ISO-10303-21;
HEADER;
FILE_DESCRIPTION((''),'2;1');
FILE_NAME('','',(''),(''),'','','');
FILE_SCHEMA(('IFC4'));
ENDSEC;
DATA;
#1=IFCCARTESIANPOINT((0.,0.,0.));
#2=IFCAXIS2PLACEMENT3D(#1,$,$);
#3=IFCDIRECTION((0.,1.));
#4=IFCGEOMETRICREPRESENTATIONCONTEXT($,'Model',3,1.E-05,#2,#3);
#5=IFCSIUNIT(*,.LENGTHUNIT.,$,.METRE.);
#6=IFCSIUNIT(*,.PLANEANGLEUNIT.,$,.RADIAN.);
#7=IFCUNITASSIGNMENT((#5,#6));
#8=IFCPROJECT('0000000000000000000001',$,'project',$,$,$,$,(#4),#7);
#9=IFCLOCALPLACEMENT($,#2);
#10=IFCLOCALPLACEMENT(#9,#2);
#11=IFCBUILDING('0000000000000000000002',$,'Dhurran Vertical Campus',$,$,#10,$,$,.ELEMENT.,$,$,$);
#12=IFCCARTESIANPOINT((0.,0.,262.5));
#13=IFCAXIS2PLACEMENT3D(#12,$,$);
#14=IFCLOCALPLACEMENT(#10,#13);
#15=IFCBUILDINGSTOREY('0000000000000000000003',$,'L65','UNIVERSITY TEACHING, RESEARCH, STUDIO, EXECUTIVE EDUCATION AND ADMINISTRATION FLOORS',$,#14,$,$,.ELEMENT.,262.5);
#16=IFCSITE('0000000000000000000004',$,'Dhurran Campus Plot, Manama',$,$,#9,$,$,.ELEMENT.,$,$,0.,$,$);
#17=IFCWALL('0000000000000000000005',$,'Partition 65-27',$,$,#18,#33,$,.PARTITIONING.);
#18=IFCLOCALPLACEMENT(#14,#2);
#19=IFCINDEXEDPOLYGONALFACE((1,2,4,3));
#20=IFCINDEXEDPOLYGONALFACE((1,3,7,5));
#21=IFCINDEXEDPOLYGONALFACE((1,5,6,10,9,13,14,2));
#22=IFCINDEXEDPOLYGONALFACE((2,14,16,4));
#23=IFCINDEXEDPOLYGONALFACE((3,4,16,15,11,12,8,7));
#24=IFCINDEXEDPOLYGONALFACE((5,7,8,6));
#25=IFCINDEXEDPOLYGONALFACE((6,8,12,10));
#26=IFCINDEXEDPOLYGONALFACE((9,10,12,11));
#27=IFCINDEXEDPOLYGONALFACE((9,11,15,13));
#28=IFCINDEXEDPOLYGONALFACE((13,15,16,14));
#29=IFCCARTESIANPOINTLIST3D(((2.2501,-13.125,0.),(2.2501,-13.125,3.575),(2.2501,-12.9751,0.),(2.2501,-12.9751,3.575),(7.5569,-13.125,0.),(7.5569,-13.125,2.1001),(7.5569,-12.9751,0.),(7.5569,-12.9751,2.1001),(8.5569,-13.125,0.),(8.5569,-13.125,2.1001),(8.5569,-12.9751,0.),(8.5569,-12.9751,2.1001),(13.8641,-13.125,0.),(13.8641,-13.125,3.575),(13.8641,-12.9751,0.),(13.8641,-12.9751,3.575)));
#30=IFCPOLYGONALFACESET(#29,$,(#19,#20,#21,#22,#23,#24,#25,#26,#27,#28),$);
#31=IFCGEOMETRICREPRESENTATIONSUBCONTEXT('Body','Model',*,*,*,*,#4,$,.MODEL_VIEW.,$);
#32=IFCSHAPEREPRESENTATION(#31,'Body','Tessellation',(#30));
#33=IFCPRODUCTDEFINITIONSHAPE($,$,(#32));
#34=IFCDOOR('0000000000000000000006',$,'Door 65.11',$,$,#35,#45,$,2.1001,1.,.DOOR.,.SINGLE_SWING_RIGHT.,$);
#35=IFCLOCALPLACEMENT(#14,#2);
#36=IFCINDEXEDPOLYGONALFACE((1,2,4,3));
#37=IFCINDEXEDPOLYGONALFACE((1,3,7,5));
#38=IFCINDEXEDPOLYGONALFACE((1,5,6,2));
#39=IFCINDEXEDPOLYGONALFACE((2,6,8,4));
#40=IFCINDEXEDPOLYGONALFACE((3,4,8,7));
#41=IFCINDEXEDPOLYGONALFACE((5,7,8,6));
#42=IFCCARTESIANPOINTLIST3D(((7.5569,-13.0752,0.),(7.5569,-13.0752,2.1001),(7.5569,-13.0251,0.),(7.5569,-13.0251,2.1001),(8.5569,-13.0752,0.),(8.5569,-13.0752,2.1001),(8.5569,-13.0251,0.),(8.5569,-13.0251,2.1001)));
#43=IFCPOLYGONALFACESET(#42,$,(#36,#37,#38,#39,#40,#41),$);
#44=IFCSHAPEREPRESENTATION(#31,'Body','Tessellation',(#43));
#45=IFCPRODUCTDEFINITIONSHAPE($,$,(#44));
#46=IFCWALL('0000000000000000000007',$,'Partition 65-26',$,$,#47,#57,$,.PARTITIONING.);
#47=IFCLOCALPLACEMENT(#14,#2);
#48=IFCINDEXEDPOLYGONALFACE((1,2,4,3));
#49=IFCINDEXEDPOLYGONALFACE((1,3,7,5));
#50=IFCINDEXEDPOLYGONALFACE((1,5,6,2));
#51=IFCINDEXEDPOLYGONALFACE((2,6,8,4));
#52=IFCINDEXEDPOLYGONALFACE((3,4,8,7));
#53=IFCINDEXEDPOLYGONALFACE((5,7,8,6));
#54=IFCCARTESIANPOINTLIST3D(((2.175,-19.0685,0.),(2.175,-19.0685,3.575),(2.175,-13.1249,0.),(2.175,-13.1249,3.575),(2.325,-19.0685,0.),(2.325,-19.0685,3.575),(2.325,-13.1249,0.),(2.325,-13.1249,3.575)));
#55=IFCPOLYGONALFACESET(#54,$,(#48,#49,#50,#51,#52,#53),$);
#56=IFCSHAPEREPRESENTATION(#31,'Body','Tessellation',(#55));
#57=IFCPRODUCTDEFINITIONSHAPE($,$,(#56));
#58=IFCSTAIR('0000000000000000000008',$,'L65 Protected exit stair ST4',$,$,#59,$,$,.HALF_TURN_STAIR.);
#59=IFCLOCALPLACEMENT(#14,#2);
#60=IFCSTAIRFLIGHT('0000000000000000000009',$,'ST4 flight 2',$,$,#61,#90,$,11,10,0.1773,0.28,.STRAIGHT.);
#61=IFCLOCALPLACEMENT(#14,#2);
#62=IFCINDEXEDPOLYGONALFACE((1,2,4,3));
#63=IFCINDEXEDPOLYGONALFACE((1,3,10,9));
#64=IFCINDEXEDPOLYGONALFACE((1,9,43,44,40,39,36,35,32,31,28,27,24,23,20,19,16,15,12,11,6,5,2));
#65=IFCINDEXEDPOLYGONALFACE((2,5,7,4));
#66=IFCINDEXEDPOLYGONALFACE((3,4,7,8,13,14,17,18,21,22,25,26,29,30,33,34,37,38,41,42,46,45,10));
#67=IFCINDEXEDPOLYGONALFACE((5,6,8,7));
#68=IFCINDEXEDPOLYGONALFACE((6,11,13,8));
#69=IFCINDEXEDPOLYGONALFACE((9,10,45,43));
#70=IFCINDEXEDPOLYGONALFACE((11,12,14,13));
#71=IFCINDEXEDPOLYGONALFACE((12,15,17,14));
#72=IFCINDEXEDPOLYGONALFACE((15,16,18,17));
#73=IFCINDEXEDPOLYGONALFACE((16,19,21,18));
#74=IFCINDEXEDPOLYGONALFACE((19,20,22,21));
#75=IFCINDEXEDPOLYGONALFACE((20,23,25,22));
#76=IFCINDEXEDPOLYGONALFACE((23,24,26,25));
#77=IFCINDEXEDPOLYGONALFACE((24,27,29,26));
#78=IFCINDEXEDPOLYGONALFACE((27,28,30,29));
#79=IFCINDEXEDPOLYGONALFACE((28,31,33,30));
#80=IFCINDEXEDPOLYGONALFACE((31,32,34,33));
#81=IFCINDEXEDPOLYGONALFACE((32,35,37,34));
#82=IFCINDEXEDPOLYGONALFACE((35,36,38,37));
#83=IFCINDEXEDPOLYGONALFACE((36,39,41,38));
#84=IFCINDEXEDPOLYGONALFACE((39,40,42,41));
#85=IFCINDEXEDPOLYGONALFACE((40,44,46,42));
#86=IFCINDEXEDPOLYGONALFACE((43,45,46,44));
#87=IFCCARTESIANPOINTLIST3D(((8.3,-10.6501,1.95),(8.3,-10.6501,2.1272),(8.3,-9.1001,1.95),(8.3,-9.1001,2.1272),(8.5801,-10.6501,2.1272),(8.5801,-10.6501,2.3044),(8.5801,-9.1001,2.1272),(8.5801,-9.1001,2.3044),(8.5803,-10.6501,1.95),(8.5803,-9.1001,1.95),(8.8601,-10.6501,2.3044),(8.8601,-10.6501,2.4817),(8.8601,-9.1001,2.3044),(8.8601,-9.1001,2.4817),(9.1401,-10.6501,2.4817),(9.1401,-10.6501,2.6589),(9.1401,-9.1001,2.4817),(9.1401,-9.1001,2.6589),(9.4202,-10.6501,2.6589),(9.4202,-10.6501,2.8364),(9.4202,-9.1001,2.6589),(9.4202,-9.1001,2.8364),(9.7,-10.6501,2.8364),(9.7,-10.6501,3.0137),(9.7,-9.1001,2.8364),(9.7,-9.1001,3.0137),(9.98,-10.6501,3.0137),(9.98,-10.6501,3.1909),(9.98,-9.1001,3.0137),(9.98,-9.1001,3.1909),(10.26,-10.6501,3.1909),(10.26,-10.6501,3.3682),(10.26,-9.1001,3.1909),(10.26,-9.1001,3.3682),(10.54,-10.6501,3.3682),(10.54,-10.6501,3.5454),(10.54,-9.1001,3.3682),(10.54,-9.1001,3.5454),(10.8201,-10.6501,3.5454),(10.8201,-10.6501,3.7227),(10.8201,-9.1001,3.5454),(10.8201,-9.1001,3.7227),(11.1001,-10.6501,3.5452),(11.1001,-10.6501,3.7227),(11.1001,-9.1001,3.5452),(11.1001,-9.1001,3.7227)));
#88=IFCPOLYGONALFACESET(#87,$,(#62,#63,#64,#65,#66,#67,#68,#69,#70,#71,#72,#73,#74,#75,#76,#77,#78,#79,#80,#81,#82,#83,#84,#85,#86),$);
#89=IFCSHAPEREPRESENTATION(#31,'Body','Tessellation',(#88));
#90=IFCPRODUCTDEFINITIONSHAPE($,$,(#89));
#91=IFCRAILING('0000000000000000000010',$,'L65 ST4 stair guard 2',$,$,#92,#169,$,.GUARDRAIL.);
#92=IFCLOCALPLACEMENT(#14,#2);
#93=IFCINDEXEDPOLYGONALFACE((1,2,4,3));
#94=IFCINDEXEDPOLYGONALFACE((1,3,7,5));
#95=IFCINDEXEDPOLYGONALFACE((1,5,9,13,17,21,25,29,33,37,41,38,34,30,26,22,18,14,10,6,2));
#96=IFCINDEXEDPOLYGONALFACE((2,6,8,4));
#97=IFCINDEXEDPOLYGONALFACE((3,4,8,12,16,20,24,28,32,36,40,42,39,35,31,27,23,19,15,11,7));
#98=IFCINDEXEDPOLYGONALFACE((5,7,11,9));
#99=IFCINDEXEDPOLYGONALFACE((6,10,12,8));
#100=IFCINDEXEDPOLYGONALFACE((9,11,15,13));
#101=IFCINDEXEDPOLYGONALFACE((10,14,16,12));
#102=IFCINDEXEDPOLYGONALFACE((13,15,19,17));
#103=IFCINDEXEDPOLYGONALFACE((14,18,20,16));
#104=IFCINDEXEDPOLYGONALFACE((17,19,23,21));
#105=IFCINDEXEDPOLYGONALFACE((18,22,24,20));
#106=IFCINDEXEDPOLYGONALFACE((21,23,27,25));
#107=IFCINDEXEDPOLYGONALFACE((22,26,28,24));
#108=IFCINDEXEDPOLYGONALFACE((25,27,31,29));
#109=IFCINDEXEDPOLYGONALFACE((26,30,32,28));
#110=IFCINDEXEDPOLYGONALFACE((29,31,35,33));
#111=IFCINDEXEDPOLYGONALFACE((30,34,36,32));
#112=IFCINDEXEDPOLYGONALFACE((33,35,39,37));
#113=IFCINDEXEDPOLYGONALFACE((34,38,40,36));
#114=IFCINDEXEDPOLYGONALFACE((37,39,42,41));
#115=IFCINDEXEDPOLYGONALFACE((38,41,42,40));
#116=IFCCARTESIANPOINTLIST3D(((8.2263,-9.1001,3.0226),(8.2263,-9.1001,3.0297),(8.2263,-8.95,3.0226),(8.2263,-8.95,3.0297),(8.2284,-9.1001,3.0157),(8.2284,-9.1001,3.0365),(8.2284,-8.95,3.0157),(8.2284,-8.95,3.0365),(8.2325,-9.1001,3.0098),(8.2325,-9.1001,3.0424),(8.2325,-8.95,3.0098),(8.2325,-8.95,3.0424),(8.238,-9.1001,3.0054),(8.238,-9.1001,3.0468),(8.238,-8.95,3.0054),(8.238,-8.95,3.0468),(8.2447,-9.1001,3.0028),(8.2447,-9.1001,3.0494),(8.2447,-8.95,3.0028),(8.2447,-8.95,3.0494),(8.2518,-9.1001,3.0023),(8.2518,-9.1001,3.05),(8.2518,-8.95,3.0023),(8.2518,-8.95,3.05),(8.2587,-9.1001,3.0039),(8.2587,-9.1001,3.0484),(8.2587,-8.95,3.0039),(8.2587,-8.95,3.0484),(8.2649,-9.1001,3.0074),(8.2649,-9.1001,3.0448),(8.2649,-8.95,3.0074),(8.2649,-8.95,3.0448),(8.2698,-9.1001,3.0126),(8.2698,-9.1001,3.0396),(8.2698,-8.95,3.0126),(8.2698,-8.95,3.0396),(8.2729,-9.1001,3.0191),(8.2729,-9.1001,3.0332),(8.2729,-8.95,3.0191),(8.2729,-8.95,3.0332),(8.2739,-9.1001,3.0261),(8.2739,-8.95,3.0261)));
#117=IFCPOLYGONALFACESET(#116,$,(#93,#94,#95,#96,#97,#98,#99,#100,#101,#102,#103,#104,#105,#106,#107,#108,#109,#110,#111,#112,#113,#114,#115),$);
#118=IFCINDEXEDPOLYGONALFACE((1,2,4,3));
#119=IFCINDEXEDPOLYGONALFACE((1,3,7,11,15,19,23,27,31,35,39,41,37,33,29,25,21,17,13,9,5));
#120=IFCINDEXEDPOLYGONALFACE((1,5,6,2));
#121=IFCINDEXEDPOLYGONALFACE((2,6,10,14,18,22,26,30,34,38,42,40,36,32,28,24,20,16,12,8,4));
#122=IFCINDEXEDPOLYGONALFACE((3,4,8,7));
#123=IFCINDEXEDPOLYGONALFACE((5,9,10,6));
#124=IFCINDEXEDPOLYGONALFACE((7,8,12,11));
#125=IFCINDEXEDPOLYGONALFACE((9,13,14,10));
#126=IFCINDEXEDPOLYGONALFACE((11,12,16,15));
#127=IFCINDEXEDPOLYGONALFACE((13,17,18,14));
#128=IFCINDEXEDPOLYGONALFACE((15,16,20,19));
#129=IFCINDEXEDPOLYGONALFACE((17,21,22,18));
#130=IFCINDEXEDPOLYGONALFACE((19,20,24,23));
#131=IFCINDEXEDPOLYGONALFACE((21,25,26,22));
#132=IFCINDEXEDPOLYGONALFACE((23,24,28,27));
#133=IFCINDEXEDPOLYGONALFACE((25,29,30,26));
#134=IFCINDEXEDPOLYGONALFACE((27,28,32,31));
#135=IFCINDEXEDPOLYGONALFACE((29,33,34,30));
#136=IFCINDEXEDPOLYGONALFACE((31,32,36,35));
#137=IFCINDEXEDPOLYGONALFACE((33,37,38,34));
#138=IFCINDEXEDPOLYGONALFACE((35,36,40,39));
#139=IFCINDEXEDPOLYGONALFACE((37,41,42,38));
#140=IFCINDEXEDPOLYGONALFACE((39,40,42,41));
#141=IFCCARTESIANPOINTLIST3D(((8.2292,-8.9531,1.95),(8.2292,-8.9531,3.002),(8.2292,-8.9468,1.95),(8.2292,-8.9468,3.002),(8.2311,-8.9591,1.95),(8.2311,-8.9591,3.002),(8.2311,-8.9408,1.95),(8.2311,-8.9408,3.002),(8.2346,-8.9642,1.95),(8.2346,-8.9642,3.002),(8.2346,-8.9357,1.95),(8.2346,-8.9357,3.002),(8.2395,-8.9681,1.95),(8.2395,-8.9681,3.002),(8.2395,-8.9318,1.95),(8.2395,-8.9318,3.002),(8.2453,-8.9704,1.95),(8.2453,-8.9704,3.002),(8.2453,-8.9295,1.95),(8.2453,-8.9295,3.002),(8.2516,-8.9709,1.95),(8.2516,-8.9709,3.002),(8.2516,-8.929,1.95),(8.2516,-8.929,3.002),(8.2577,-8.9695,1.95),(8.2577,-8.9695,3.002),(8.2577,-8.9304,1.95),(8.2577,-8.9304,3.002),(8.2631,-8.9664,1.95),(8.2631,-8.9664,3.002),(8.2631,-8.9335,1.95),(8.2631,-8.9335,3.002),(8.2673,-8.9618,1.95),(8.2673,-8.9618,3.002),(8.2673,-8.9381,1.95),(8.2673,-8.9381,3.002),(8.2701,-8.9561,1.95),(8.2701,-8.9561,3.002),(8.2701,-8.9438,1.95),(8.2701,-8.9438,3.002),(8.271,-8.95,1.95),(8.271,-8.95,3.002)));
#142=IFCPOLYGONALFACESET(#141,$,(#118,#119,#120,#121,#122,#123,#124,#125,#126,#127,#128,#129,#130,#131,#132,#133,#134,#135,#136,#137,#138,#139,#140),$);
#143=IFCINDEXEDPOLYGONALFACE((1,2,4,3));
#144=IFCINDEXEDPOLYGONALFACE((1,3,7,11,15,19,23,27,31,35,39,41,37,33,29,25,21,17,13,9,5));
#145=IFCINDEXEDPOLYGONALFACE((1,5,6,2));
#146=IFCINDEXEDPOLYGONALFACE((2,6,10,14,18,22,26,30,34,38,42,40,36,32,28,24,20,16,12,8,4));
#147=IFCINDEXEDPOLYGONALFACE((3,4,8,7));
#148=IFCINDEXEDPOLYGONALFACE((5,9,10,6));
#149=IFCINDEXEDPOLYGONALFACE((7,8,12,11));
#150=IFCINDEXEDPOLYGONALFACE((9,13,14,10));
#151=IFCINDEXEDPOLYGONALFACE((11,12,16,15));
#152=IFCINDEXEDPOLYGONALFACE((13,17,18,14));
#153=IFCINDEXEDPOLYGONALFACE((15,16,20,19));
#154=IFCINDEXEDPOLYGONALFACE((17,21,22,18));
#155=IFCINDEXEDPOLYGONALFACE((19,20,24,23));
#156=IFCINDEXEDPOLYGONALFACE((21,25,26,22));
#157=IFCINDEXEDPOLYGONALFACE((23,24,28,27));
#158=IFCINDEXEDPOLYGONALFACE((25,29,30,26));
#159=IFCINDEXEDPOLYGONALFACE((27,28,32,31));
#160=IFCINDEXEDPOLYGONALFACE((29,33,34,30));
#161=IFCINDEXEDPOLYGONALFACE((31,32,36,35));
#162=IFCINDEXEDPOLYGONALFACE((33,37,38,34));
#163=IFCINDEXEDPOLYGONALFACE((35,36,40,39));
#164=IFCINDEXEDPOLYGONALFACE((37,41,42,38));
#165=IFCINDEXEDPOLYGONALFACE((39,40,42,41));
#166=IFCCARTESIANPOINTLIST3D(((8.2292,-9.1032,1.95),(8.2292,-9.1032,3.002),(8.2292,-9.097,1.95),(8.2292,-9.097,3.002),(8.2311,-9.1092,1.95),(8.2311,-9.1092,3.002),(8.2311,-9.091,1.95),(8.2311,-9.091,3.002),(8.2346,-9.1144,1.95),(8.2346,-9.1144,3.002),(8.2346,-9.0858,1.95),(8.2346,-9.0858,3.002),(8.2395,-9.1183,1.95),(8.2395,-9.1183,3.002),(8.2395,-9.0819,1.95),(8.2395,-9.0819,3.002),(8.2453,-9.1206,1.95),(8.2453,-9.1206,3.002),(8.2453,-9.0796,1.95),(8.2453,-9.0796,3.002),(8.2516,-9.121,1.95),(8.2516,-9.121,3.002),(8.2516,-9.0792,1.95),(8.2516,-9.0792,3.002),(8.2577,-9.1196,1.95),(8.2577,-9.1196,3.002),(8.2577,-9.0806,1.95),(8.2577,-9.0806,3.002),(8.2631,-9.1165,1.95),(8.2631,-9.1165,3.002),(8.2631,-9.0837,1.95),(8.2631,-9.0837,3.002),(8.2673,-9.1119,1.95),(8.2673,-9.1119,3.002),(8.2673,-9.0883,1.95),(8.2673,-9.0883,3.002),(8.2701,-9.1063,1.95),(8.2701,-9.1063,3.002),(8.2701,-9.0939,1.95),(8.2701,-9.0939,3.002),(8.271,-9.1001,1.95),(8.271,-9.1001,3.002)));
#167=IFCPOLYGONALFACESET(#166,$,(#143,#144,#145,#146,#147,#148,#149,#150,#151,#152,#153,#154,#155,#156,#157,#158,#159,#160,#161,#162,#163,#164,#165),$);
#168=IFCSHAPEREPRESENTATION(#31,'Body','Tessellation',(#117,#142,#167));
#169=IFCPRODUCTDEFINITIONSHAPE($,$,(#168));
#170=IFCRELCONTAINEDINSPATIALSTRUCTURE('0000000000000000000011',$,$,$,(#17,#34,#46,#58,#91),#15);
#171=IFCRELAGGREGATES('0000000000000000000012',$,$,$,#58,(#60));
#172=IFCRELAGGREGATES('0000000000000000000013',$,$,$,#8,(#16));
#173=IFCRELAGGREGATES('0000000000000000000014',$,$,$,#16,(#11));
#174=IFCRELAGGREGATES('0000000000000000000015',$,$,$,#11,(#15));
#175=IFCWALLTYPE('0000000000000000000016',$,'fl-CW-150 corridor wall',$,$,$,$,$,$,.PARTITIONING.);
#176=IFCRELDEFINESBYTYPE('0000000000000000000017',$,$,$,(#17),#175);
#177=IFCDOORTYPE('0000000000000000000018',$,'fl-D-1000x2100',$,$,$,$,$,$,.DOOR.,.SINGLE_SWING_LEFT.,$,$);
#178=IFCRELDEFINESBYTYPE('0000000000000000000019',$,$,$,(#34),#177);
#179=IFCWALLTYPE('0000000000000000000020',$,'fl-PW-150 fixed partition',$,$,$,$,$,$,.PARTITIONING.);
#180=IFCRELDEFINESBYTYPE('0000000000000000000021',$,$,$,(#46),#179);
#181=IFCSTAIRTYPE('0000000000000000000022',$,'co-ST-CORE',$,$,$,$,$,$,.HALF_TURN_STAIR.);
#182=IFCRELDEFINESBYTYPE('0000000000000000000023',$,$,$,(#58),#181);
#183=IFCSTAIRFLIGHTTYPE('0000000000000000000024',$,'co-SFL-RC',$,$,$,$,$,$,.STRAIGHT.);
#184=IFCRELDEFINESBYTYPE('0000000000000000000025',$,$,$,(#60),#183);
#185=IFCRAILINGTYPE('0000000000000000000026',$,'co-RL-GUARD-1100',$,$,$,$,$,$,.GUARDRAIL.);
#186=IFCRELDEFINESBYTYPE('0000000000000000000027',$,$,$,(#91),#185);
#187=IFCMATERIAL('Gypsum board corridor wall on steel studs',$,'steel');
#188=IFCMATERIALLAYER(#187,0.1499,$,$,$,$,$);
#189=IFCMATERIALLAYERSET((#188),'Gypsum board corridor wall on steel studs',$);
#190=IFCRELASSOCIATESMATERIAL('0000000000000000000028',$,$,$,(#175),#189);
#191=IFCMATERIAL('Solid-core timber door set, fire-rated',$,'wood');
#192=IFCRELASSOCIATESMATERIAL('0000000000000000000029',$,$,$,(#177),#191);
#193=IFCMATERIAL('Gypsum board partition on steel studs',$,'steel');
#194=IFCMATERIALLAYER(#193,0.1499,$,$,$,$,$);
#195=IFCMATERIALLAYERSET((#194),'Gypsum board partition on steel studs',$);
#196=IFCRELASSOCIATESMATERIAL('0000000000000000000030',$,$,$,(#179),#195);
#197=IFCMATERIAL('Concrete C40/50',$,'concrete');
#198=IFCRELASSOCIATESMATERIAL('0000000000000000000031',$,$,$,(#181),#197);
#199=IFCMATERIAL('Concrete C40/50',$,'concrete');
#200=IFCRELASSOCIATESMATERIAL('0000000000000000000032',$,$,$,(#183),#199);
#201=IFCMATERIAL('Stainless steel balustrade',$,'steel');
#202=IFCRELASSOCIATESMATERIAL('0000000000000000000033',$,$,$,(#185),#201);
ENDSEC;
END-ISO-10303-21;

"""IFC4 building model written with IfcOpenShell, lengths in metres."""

from ifc_helpers import new_model, si_unit, direction, frame, frame_2d, origin, origin_2d, place, context, subcontext, project, spatial, polyline, rectangle, circle, outline, extrude, material, layer, layer_set, type_object, element, fill, aggregate, save


model = new_model("IFC4")

# Units and contexts
model_context = context("Model", 3, precision=1e-05, world=origin(), true_north=direction((0.0, 1.0)))
body_context = subcontext(model_context, "Body", "Model", "MODEL_VIEW")
ifc_project = project(units=[si_unit("LENGTHUNIT", "METRE"), si_unit("PLANEANGLEUNIT", "RADIAN")], contexts=[model_context])

# Site, building, storey
site_placement = place(None, origin())
site = spatial("IfcSite", under=ifc_project, at=site_placement, Name="Dhurran Campus Plot, Manama", CompositionType="ELEMENT", RefElevation=0.0)
building_placement = place(site_placement, origin())
building = spatial("IfcBuilding", under=site, at=building_placement, Name="Dhurran Vertical Campus", CompositionType="ELEMENT")
storey_placement = place(building_placement, frame((0.0, 0.0, 262.5)))
storey = spatial("IfcBuildingStorey", under=building, at=storey_placement, Name="L65", Description="UNIVERSITY TEACHING, RESEARCH, STUDIO, EXECUTIVE EDUCATION AND ADMINISTRATION FLOORS", CompositionType="ELEMENT", Elevation=262.5)

# Wall, opening, door
ifc_material_1 = material(Name="Gypsum board corridor wall on steel studs", Category="steel")
ifc_layer_1 = layer(ifc_material_1, 0.1499)
ifc_layer_set_1 = layer_set([ifc_layer_1], Name="Gypsum board corridor wall on steel studs")
wall_type_1 = type_object("IfcWallType", Name="fl-CW-150 corridor wall", PredefinedType="PARTITIONING", material=ifc_layer_set_1)
wall_1_placement = place(storey_placement, frame((2.25, -13.05, 0.0), z_axis=(0.0, 0.0, 1.0), x_axis=(1.0, 0.0, 0.0)))
wall_1 = element("IfcWall", 1, at=wall_1_placement, inside=storey, type_object=wall_type_1, Name="Partition 65-27", PredefinedType="PARTITIONING", context=body_context, shape_type="SweptSolid", body=[
    extrude(rectangle(XDim=11.614, YDim=0.1499, at=frame_2d((5.8071, 0.0))), origin(), (0.0, 0.0, 1.0), 3.575),
])
opening_1_placement = place(wall_1_placement, frame((5.3069, 0.0, 0.0)))
opening_1 = element("IfcOpeningElement", 2, at=opening_1_placement, cuts=wall_1, PredefinedType="OPENING", context=body_context, shape_type="SweptSolid", body=[
    extrude(rectangle(XDim=1.0, YDim=2.1001, at=frame_2d((0.5, 1.05))), frame((0.0, 0.085, 0.0), z_axis=(0.0, -1.0, 0.0), x_axis=(1.0, 0.0, 0.0)), (0.0, 0.0, 1.0), 0.1699),
])
ifc_material_2 = material(Name="Solid-core timber door set, fire-rated", Category="wood")
door_type_1 = type_object("IfcDoorType", Name="fl-D-1000x2100", OperationType="SINGLE_SWING_LEFT", PredefinedType="DOOR", material=ifc_material_2)
door_1_placement = place(opening_1_placement, origin())
door_1 = element("IfcDoor", 3, at=door_1_placement, inside=storey, type_object=door_type_1, Name="Door 65.11", OperationType="SINGLE_SWING_RIGHT", OverallHeight=2.1001, OverallWidth=1.0, PredefinedType="DOOR", context=body_context, shape_type="SweptSolid", body=[
    extrude(rectangle(XDim=1.0, YDim=2.1001, at=frame_2d((0.5, 1.05))), frame((0.0, 0.0249, 0.0), z_axis=(0.0, -1.0, 0.0), x_axis=(1.0, 0.0, 0.0)), (0.0, 0.0, 1.0), 0.05),
])
fill(opening_1, door_1)

# Wall
ifc_material_3 = material(Name="Gypsum board partition on steel studs", Category="steel")
ifc_layer_2 = layer(ifc_material_3, 0.1499)
ifc_layer_set_2 = layer_set([ifc_layer_2], Name="Gypsum board partition on steel studs")
wall_type_2 = type_object("IfcWallType", Name="fl-PW-150 fixed partition", PredefinedType="PARTITIONING", material=ifc_layer_set_2)
wall_2_placement = place(storey_placement, frame((2.25, -13.125, 0.0), z_axis=(0.0, 0.0, 1.0), x_axis=(0.0, -1.0, 0.0)))
element("IfcWall", 4, at=wall_2_placement, inside=storey, type_object=wall_type_2, Name="Partition 65-26", PredefinedType="PARTITIONING", context=body_context, shape_type="SweptSolid", body=[
    extrude(rectangle(XDim=5.9436, YDim=0.1499, at=frame_2d((2.9717, 0.0))), origin(), (0.0, 0.0, 1.0), 3.575),
])

# Stair, stair flight
ifc_material_4 = material(Name="Concrete C40/50", Category="concrete")
stair_type = type_object("IfcStairType", Name="co-ST-CORE", PredefinedType="HALF_TURN_STAIR", material=ifc_material_4)
stair_placement = place(storey_placement, origin())
stair = element("IfcStair", 5, at=stair_placement, inside=storey, type_object=stair_type, Name="L65 Protected exit stair ST4", PredefinedType="HALF_TURN_STAIR")
ifc_material_5 = material(Name="Concrete C40/50", Category="concrete")
stair_flight_type = type_object("IfcStairFlightType", Name="co-SFL-RC", PredefinedType="STRAIGHT", material=ifc_material_5)
stair_flight_placement = place(storey_placement, frame((8.3, -9.875, 1.95), z_axis=(0.0, 0.0, 1.0), x_axis=(1.0, 0.0, 0.0)))
stair_flight = element("IfcStairFlight", 6, at=stair_flight_placement, type_object=stair_flight_type, Name="ST4 flight 2", NumberOfRisers=11, NumberOfTreads=10, PredefinedType="STRAIGHT", RiserHeight=0.1773, TreadLength=0.28, context=body_context, shape_type="SweptSolid", body=[
    extrude(outline(polyline([(0.0, 0.0), (0.0, 0.1772), (0.28, 0.1772), (0.28, 0.3545), (0.5601, 0.3545), (0.5601, 0.5317), (0.8401, 0.5317), (0.8401, 0.709), (1.1201, 0.709), (1.1201, 0.8865), (1.3999, 0.8865), (1.3999, 1.0637), (1.6799, 1.0637), (1.6799, 1.241), (1.96, 1.241), (1.96, 1.4182), (2.24, 1.4182), (2.24, 1.5955), (2.52, 1.5955), (2.52, 1.7727), (2.8, 1.7727), (2.8, 1.95), (2.8, 1.5952), (0.2803, 0.0), (0.0, 0.0)])), frame((0.0, 0.7749, 0.0), z_axis=(0.0, -1.0, 0.0), x_axis=(1.0, 0.0, 0.0)), (0.0, 0.0, 1.0), 1.55),
])
aggregate(stair, [stair_flight])

# Railing
ifc_material_6 = material(Name="Stainless steel balustrade", Category="steel")
railing_type_1 = type_object("IfcRailingType", Name="co-RL-GUARD-1100", PredefinedType="GUARDRAIL", material=ifc_material_6)
railing_1_placement = place(storey_placement, frame((8.25, -8.95, 1.95)))
element("IfcRailing", 7, at=railing_1_placement, inside=storey, type_object=railing_type_1, Name="L65 ST4 stair guard 2", PredefinedType="GUARDRAIL", context=body_context, shape_type="SweptSolid", body=[
    extrude(circle(Radius=0.0239, at=origin_2d()), frame((0.0, 0.0, 1.0762), z_axis=(0.0, -1.0, 0.0), x_axis=(1.0, 0.0, 0.0)), (0.0, 0.0, 1.0), 0.1501),
    extrude(circle(Radius=0.021, at=origin_2d()), origin(), (0.0, 0.0, 1.0), 1.052),
    extrude(circle(Radius=0.021, at=origin_2d()), frame((0.0, -0.1501, 0.0)), (0.0, 0.0, 1.0), 1.052),
])

save(model, "model.ifc")
